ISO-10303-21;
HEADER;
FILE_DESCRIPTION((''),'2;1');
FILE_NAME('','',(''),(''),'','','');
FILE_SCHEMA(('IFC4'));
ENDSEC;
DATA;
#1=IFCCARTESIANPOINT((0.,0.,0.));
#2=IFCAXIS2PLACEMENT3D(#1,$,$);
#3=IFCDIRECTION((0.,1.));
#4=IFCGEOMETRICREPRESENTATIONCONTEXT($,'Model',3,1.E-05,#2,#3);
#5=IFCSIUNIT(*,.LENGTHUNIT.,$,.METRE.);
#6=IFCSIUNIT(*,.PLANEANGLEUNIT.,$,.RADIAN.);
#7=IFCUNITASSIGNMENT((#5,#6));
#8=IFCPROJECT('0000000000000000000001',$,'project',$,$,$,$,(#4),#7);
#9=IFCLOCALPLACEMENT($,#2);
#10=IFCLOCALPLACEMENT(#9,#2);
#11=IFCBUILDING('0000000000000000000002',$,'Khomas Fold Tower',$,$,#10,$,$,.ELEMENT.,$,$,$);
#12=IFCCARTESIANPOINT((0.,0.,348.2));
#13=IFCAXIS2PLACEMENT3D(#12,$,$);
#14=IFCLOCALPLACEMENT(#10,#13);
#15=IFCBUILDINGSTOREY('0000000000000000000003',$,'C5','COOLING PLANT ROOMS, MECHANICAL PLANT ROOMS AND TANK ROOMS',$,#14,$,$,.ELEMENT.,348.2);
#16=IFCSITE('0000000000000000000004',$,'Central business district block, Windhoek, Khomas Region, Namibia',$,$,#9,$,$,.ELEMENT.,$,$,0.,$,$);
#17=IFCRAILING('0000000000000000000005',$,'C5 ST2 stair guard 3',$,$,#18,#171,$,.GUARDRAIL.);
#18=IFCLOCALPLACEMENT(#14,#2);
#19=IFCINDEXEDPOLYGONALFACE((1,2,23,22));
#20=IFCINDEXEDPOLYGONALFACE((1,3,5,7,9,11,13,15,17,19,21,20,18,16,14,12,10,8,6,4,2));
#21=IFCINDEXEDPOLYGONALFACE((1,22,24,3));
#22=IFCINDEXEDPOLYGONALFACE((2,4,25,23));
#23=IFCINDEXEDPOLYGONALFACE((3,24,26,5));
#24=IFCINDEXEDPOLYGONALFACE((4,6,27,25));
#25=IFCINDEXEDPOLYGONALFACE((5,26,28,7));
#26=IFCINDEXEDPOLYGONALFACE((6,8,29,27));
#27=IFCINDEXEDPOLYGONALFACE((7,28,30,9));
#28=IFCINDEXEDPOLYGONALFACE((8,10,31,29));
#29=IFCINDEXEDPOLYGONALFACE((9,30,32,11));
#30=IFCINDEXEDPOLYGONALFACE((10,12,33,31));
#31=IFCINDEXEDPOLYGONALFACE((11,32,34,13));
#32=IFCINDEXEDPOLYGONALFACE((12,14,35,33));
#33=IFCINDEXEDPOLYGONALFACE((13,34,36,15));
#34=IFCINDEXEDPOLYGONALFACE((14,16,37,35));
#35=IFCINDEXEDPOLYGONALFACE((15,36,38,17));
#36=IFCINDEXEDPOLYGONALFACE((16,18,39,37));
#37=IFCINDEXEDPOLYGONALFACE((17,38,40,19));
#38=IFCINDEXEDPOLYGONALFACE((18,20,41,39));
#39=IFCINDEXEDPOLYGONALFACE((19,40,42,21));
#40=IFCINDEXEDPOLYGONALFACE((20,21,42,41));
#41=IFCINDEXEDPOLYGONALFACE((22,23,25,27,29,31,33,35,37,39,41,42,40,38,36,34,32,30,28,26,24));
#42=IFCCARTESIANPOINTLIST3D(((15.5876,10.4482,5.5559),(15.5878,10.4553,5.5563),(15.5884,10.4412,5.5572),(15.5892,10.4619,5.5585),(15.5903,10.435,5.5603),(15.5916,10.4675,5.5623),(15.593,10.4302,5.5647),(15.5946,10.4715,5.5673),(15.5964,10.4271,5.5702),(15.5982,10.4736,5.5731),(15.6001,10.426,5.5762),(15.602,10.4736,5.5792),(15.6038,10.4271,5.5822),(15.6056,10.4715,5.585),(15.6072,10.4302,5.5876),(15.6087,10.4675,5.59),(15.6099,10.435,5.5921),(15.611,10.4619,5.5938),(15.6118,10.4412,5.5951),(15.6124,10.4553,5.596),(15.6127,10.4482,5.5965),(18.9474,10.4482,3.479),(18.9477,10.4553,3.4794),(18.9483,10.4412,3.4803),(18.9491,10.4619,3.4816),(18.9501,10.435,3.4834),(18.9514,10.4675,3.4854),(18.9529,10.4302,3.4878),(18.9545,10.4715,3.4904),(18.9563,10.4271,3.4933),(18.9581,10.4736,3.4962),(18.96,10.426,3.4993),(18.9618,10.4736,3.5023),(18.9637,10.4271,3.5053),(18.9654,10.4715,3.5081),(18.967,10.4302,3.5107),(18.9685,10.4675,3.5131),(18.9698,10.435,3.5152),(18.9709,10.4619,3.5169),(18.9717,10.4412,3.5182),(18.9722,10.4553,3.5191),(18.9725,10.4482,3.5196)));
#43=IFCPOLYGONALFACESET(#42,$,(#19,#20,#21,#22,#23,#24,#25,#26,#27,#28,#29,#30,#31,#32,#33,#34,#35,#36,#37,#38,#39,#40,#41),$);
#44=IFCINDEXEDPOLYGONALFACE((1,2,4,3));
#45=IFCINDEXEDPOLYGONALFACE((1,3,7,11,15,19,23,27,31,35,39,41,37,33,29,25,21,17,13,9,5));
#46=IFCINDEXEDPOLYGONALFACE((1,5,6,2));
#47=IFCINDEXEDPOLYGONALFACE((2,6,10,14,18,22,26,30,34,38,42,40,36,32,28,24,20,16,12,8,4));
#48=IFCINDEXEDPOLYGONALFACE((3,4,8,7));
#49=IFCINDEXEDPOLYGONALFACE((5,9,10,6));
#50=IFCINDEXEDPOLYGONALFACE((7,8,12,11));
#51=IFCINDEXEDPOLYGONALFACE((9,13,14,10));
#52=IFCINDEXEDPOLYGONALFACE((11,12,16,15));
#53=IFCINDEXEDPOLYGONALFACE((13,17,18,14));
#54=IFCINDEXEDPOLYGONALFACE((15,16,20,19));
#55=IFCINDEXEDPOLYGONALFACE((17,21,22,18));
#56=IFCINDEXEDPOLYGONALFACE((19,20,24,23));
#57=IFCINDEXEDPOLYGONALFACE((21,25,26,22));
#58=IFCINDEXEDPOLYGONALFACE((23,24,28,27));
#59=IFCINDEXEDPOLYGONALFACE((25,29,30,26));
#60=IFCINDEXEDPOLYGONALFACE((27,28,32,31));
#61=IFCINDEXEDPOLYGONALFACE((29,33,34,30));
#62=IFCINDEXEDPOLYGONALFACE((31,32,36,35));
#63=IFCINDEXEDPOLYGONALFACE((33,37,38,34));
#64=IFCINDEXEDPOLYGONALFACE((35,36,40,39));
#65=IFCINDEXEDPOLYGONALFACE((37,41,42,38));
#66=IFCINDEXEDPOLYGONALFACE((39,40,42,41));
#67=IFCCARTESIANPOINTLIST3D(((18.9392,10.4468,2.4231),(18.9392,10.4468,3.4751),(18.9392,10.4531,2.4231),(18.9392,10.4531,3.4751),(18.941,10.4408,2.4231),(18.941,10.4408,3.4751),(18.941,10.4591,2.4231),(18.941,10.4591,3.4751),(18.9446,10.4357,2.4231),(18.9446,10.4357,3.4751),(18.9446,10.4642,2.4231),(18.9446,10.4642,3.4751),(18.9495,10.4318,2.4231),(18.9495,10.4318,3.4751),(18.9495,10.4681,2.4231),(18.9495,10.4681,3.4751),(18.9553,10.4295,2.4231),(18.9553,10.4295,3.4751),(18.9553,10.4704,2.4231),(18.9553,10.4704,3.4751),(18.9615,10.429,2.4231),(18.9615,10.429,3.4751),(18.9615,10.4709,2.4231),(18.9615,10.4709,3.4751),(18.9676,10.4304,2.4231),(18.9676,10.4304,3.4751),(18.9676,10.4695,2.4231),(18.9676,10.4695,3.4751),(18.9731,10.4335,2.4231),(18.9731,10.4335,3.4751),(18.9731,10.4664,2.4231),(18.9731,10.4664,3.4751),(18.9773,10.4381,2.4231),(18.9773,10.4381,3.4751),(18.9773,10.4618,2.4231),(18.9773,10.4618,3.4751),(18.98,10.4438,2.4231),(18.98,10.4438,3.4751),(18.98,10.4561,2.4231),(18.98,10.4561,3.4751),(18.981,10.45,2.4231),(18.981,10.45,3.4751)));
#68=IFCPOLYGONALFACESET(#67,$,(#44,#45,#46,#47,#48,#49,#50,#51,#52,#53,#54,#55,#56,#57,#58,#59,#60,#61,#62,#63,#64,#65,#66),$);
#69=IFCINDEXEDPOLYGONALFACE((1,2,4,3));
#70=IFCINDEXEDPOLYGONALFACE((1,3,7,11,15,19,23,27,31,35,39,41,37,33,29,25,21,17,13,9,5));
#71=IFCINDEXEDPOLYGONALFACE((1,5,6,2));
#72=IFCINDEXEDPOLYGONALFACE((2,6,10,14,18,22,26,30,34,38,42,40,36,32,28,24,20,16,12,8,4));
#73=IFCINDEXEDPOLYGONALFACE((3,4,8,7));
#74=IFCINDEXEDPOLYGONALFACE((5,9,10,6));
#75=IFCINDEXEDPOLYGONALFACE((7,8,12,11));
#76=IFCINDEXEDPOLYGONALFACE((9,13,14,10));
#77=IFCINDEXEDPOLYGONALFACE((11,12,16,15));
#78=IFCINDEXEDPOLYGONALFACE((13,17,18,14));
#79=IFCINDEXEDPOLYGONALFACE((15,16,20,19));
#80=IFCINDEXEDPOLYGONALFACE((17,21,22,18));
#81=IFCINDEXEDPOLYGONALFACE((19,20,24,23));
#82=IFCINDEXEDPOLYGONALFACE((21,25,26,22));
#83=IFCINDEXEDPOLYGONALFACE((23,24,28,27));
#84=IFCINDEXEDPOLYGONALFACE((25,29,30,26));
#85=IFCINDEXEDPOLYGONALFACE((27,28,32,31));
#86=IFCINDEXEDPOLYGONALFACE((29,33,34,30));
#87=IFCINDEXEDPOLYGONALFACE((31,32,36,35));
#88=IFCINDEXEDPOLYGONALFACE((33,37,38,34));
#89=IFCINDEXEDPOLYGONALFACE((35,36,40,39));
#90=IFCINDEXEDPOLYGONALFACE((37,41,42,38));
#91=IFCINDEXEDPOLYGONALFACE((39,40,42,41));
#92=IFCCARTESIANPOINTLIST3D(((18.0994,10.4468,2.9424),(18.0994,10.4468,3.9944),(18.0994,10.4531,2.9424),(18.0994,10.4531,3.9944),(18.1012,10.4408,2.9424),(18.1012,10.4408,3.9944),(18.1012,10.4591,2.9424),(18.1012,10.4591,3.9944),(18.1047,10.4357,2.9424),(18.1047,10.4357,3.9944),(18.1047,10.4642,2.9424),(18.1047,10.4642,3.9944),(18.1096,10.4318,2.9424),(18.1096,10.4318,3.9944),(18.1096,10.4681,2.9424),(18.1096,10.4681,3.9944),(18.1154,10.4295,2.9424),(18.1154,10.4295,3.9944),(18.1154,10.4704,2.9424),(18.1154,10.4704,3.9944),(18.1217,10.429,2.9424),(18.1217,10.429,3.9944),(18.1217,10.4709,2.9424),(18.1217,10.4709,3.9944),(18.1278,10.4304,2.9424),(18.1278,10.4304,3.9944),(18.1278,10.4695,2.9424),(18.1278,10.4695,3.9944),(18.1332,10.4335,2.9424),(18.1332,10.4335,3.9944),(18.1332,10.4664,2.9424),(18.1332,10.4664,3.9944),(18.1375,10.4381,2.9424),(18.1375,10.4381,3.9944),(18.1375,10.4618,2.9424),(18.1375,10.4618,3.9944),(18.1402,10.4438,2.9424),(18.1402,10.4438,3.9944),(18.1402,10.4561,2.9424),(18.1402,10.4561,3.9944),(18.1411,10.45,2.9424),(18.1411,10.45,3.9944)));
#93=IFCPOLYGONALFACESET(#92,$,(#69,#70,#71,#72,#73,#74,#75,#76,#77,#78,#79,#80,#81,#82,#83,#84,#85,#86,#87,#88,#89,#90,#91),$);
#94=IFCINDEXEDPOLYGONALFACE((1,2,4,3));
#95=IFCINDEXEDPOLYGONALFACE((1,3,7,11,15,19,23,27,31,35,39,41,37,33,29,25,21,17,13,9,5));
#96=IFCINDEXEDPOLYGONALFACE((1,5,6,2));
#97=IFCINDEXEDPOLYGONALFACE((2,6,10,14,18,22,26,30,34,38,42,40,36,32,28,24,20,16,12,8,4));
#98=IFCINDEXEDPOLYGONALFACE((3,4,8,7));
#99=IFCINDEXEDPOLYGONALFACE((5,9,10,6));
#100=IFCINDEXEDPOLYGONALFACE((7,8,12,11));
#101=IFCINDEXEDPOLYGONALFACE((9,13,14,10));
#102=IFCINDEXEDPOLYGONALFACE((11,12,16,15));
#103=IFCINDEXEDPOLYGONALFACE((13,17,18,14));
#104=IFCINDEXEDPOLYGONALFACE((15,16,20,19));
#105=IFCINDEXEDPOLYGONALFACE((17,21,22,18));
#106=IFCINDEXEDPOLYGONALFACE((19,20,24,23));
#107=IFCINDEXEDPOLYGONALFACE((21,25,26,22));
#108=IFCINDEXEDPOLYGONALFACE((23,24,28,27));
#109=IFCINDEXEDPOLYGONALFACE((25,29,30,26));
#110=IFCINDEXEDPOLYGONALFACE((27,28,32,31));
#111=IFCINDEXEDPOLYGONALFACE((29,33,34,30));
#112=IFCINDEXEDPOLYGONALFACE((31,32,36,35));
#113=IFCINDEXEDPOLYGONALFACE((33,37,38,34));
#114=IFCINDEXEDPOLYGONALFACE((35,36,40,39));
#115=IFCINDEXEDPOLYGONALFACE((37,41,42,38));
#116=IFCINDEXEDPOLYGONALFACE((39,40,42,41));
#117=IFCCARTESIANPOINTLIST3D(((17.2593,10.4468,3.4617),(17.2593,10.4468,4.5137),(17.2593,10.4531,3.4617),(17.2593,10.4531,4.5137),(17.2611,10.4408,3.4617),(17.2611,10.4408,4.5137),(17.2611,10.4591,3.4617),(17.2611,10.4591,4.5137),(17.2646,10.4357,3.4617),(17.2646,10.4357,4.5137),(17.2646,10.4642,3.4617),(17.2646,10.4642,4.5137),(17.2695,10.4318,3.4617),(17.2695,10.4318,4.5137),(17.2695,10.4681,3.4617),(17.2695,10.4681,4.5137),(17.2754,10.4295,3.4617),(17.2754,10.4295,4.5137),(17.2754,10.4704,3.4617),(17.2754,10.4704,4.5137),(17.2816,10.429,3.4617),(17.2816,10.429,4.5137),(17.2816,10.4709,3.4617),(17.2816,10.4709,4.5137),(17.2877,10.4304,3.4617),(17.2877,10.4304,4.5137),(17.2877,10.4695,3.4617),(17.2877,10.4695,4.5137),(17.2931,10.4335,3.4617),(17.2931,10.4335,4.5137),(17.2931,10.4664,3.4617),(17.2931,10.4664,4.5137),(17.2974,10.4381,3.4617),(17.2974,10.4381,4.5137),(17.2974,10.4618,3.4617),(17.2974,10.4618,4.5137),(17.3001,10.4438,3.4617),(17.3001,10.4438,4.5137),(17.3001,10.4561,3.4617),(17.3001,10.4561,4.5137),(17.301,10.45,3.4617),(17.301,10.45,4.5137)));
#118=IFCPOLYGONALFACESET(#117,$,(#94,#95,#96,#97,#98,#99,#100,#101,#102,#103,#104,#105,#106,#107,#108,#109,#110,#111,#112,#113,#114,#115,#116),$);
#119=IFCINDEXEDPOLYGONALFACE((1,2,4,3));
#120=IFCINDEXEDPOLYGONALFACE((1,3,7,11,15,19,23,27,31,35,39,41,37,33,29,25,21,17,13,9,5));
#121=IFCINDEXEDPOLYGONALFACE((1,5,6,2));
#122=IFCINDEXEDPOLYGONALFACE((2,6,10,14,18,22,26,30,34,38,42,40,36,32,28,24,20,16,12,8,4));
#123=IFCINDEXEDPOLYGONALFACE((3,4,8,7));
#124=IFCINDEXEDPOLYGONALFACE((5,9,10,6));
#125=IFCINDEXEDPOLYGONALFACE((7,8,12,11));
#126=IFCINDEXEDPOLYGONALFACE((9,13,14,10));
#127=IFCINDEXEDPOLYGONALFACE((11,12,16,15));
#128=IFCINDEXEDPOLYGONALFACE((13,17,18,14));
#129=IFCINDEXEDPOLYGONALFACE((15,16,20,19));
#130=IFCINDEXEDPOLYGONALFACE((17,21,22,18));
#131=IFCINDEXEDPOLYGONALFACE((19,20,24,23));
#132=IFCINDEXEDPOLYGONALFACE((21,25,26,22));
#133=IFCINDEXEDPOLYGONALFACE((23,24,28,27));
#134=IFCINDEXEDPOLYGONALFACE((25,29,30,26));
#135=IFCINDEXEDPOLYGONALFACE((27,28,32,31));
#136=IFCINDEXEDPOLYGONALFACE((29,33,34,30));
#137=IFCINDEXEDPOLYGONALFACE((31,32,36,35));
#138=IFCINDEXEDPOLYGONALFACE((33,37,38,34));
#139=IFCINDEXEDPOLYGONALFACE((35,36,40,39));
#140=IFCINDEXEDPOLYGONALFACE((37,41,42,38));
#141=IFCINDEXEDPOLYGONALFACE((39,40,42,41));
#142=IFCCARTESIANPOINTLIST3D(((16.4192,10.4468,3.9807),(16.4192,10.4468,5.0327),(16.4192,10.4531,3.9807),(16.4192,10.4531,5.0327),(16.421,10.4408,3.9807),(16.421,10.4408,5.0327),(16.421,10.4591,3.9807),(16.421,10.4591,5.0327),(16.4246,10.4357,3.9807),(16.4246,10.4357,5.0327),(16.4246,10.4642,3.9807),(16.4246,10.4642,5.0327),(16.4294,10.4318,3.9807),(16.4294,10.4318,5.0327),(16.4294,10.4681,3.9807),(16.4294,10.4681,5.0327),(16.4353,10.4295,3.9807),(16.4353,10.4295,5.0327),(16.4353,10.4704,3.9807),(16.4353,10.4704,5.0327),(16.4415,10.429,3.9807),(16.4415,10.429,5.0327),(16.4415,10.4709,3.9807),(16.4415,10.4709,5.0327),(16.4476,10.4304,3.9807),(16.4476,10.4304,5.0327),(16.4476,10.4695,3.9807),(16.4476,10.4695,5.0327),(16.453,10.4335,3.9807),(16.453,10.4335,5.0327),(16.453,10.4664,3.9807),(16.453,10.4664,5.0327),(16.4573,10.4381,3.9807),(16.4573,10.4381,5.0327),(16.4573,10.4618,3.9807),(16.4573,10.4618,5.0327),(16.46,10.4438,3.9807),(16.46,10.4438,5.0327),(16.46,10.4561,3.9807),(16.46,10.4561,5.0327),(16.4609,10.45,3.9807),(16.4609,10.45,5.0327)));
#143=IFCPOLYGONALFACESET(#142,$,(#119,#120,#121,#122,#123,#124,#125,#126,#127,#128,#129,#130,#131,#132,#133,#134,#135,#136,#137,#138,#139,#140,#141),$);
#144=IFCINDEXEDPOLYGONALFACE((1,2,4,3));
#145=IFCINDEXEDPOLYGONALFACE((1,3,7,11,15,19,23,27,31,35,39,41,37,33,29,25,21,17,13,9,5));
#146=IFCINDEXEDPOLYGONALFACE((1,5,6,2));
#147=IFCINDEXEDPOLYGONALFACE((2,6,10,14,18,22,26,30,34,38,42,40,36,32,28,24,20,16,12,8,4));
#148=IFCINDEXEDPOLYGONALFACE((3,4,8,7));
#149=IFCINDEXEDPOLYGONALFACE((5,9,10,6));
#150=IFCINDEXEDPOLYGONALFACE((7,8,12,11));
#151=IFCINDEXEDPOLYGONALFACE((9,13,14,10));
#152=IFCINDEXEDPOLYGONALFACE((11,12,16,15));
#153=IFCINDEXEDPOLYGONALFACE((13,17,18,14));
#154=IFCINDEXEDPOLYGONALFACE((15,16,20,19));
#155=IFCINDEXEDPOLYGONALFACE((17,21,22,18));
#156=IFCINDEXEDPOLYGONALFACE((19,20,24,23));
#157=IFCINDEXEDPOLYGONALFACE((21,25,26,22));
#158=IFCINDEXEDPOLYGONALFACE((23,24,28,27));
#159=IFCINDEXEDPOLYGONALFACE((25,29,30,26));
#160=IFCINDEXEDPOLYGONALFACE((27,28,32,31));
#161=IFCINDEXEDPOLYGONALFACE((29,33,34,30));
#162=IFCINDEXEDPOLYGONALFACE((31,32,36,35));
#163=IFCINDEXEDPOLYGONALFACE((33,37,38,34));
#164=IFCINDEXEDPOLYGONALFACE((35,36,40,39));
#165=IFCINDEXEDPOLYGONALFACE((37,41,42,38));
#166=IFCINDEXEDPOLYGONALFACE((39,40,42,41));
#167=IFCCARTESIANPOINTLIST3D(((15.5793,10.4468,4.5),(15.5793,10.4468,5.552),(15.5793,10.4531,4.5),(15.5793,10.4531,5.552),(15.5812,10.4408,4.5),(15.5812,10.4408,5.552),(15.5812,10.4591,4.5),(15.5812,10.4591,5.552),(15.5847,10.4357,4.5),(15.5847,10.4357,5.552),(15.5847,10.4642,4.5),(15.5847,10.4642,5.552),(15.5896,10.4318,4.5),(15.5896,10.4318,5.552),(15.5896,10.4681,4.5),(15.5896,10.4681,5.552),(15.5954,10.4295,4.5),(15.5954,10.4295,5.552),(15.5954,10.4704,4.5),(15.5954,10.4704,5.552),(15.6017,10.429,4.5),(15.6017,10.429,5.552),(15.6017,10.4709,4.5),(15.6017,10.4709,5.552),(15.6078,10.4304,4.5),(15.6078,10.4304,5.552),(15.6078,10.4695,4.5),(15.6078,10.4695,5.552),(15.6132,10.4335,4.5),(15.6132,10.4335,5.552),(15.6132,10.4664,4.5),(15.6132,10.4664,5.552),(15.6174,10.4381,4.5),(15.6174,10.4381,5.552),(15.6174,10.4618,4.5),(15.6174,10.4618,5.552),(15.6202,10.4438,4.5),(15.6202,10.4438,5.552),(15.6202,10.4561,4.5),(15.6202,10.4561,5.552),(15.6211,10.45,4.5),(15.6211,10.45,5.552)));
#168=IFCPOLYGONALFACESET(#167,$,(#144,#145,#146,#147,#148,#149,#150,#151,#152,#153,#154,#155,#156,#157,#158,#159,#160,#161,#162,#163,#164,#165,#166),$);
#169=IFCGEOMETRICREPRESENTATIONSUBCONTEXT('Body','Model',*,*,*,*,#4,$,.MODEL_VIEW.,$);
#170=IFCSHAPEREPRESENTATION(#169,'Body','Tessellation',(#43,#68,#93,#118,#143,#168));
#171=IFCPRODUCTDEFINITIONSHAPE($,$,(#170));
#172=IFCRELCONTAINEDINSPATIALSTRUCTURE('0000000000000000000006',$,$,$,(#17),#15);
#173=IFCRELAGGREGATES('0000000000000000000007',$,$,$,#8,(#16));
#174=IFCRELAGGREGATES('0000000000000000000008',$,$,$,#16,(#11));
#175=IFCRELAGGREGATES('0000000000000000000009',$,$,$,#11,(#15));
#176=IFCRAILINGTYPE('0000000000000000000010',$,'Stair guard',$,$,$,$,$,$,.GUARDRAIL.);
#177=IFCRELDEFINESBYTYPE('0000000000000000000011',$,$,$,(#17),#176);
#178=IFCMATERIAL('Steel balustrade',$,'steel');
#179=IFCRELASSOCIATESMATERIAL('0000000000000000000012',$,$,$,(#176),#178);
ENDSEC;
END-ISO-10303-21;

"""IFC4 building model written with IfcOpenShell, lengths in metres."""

from ifc_helpers import new_model, si_unit, direction, frame, origin, origin_2d, place, context, subcontext, project, spatial, circle, extrude, source, transform, mapped, material, type_object, element, save


model = new_model("IFC4")

# Units and contexts
model_context = context("Model", 3, precision=1e-05, world=origin(), true_north=direction((0.0, 1.0)))
body_context = subcontext(model_context, "Body", "Model", "MODEL_VIEW")
ifc_project = project(units=[si_unit("LENGTHUNIT", "METRE"), si_unit("PLANEANGLEUNIT", "RADIAN")], contexts=[model_context])

# Site, building, storey
site_placement = place(None, origin())
site = spatial("IfcSite", under=ifc_project, at=site_placement, Name="Central business district block, Windhoek, Khomas Region, Namibia", CompositionType="ELEMENT", RefElevation=0.0)
building_placement = place(site_placement, origin())
building = spatial("IfcBuilding", under=site, at=building_placement, Name="Khomas Fold Tower", CompositionType="ELEMENT")
storey_placement = place(building_placement, frame((0.0, 0.0, 348.2)))
storey = spatial("IfcBuildingStorey", under=building, at=storey_placement, Name="C5", Description="COOLING PLANT ROOMS, MECHANICAL PLANT ROOMS AND TANK ROOMS", CompositionType="ELEMENT", Elevation=348.2)

# Railing
ifc_material_1 = material(Name="Steel balustrade", Category="steel")
railing_type_1 = type_object("IfcRailingType", Name="Stair guard", PredefinedType="GUARDRAIL", material=ifc_material_1)
shared_shape_1 = source(origin(), body_context, "Body", "SweptSolid", [
    extrude(circle(Radius=0.0239, at=origin_2d()), frame((0.0, 0.0, 1.0762), z_axis=(-0.850606, 0.0, 0.525803), x_axis=(0.0, -1.0, 0.0)), (0.0, 0.0, 1.0), 3.95),
    extrude(circle(Radius=0.021, at=origin_2d()), origin(), (0.0, 0.0, 1.0), 1.052),
    extrude(circle(Radius=0.021, at=origin_2d()), frame((-0.8398, 0.0, 0.5193)), (0.0, 0.0, 1.0), 1.052),
    extrude(circle(Radius=0.021, at=origin_2d()), frame((-1.6799, 0.0, 1.0386)), (0.0, 0.0, 1.0), 1.052),
    extrude(circle(Radius=0.021, at=origin_2d()), frame((-2.52, 0.0, 1.5576)), (0.0, 0.0, 1.0), 1.052),
    extrude(circle(Radius=0.021, at=origin_2d()), frame((-3.3599, 0.0, 2.0769)), (0.0, 0.0, 1.0), 1.052),
])
railing_1_placement = place(storey_placement, frame((18.96, 10.45, 2.4231)))
element("IfcRailing", 1, at=railing_1_placement, inside=storey, type_object=railing_type_1, Name="C5 ST2 stair guard 3", PredefinedType="GUARDRAIL", context=body_context, shape_type="MappedRepresentation", body=[
    mapped(shared_shape_1, transform((0.0, 0.0, 0.0))),
])

save(model, "model.ifc")
